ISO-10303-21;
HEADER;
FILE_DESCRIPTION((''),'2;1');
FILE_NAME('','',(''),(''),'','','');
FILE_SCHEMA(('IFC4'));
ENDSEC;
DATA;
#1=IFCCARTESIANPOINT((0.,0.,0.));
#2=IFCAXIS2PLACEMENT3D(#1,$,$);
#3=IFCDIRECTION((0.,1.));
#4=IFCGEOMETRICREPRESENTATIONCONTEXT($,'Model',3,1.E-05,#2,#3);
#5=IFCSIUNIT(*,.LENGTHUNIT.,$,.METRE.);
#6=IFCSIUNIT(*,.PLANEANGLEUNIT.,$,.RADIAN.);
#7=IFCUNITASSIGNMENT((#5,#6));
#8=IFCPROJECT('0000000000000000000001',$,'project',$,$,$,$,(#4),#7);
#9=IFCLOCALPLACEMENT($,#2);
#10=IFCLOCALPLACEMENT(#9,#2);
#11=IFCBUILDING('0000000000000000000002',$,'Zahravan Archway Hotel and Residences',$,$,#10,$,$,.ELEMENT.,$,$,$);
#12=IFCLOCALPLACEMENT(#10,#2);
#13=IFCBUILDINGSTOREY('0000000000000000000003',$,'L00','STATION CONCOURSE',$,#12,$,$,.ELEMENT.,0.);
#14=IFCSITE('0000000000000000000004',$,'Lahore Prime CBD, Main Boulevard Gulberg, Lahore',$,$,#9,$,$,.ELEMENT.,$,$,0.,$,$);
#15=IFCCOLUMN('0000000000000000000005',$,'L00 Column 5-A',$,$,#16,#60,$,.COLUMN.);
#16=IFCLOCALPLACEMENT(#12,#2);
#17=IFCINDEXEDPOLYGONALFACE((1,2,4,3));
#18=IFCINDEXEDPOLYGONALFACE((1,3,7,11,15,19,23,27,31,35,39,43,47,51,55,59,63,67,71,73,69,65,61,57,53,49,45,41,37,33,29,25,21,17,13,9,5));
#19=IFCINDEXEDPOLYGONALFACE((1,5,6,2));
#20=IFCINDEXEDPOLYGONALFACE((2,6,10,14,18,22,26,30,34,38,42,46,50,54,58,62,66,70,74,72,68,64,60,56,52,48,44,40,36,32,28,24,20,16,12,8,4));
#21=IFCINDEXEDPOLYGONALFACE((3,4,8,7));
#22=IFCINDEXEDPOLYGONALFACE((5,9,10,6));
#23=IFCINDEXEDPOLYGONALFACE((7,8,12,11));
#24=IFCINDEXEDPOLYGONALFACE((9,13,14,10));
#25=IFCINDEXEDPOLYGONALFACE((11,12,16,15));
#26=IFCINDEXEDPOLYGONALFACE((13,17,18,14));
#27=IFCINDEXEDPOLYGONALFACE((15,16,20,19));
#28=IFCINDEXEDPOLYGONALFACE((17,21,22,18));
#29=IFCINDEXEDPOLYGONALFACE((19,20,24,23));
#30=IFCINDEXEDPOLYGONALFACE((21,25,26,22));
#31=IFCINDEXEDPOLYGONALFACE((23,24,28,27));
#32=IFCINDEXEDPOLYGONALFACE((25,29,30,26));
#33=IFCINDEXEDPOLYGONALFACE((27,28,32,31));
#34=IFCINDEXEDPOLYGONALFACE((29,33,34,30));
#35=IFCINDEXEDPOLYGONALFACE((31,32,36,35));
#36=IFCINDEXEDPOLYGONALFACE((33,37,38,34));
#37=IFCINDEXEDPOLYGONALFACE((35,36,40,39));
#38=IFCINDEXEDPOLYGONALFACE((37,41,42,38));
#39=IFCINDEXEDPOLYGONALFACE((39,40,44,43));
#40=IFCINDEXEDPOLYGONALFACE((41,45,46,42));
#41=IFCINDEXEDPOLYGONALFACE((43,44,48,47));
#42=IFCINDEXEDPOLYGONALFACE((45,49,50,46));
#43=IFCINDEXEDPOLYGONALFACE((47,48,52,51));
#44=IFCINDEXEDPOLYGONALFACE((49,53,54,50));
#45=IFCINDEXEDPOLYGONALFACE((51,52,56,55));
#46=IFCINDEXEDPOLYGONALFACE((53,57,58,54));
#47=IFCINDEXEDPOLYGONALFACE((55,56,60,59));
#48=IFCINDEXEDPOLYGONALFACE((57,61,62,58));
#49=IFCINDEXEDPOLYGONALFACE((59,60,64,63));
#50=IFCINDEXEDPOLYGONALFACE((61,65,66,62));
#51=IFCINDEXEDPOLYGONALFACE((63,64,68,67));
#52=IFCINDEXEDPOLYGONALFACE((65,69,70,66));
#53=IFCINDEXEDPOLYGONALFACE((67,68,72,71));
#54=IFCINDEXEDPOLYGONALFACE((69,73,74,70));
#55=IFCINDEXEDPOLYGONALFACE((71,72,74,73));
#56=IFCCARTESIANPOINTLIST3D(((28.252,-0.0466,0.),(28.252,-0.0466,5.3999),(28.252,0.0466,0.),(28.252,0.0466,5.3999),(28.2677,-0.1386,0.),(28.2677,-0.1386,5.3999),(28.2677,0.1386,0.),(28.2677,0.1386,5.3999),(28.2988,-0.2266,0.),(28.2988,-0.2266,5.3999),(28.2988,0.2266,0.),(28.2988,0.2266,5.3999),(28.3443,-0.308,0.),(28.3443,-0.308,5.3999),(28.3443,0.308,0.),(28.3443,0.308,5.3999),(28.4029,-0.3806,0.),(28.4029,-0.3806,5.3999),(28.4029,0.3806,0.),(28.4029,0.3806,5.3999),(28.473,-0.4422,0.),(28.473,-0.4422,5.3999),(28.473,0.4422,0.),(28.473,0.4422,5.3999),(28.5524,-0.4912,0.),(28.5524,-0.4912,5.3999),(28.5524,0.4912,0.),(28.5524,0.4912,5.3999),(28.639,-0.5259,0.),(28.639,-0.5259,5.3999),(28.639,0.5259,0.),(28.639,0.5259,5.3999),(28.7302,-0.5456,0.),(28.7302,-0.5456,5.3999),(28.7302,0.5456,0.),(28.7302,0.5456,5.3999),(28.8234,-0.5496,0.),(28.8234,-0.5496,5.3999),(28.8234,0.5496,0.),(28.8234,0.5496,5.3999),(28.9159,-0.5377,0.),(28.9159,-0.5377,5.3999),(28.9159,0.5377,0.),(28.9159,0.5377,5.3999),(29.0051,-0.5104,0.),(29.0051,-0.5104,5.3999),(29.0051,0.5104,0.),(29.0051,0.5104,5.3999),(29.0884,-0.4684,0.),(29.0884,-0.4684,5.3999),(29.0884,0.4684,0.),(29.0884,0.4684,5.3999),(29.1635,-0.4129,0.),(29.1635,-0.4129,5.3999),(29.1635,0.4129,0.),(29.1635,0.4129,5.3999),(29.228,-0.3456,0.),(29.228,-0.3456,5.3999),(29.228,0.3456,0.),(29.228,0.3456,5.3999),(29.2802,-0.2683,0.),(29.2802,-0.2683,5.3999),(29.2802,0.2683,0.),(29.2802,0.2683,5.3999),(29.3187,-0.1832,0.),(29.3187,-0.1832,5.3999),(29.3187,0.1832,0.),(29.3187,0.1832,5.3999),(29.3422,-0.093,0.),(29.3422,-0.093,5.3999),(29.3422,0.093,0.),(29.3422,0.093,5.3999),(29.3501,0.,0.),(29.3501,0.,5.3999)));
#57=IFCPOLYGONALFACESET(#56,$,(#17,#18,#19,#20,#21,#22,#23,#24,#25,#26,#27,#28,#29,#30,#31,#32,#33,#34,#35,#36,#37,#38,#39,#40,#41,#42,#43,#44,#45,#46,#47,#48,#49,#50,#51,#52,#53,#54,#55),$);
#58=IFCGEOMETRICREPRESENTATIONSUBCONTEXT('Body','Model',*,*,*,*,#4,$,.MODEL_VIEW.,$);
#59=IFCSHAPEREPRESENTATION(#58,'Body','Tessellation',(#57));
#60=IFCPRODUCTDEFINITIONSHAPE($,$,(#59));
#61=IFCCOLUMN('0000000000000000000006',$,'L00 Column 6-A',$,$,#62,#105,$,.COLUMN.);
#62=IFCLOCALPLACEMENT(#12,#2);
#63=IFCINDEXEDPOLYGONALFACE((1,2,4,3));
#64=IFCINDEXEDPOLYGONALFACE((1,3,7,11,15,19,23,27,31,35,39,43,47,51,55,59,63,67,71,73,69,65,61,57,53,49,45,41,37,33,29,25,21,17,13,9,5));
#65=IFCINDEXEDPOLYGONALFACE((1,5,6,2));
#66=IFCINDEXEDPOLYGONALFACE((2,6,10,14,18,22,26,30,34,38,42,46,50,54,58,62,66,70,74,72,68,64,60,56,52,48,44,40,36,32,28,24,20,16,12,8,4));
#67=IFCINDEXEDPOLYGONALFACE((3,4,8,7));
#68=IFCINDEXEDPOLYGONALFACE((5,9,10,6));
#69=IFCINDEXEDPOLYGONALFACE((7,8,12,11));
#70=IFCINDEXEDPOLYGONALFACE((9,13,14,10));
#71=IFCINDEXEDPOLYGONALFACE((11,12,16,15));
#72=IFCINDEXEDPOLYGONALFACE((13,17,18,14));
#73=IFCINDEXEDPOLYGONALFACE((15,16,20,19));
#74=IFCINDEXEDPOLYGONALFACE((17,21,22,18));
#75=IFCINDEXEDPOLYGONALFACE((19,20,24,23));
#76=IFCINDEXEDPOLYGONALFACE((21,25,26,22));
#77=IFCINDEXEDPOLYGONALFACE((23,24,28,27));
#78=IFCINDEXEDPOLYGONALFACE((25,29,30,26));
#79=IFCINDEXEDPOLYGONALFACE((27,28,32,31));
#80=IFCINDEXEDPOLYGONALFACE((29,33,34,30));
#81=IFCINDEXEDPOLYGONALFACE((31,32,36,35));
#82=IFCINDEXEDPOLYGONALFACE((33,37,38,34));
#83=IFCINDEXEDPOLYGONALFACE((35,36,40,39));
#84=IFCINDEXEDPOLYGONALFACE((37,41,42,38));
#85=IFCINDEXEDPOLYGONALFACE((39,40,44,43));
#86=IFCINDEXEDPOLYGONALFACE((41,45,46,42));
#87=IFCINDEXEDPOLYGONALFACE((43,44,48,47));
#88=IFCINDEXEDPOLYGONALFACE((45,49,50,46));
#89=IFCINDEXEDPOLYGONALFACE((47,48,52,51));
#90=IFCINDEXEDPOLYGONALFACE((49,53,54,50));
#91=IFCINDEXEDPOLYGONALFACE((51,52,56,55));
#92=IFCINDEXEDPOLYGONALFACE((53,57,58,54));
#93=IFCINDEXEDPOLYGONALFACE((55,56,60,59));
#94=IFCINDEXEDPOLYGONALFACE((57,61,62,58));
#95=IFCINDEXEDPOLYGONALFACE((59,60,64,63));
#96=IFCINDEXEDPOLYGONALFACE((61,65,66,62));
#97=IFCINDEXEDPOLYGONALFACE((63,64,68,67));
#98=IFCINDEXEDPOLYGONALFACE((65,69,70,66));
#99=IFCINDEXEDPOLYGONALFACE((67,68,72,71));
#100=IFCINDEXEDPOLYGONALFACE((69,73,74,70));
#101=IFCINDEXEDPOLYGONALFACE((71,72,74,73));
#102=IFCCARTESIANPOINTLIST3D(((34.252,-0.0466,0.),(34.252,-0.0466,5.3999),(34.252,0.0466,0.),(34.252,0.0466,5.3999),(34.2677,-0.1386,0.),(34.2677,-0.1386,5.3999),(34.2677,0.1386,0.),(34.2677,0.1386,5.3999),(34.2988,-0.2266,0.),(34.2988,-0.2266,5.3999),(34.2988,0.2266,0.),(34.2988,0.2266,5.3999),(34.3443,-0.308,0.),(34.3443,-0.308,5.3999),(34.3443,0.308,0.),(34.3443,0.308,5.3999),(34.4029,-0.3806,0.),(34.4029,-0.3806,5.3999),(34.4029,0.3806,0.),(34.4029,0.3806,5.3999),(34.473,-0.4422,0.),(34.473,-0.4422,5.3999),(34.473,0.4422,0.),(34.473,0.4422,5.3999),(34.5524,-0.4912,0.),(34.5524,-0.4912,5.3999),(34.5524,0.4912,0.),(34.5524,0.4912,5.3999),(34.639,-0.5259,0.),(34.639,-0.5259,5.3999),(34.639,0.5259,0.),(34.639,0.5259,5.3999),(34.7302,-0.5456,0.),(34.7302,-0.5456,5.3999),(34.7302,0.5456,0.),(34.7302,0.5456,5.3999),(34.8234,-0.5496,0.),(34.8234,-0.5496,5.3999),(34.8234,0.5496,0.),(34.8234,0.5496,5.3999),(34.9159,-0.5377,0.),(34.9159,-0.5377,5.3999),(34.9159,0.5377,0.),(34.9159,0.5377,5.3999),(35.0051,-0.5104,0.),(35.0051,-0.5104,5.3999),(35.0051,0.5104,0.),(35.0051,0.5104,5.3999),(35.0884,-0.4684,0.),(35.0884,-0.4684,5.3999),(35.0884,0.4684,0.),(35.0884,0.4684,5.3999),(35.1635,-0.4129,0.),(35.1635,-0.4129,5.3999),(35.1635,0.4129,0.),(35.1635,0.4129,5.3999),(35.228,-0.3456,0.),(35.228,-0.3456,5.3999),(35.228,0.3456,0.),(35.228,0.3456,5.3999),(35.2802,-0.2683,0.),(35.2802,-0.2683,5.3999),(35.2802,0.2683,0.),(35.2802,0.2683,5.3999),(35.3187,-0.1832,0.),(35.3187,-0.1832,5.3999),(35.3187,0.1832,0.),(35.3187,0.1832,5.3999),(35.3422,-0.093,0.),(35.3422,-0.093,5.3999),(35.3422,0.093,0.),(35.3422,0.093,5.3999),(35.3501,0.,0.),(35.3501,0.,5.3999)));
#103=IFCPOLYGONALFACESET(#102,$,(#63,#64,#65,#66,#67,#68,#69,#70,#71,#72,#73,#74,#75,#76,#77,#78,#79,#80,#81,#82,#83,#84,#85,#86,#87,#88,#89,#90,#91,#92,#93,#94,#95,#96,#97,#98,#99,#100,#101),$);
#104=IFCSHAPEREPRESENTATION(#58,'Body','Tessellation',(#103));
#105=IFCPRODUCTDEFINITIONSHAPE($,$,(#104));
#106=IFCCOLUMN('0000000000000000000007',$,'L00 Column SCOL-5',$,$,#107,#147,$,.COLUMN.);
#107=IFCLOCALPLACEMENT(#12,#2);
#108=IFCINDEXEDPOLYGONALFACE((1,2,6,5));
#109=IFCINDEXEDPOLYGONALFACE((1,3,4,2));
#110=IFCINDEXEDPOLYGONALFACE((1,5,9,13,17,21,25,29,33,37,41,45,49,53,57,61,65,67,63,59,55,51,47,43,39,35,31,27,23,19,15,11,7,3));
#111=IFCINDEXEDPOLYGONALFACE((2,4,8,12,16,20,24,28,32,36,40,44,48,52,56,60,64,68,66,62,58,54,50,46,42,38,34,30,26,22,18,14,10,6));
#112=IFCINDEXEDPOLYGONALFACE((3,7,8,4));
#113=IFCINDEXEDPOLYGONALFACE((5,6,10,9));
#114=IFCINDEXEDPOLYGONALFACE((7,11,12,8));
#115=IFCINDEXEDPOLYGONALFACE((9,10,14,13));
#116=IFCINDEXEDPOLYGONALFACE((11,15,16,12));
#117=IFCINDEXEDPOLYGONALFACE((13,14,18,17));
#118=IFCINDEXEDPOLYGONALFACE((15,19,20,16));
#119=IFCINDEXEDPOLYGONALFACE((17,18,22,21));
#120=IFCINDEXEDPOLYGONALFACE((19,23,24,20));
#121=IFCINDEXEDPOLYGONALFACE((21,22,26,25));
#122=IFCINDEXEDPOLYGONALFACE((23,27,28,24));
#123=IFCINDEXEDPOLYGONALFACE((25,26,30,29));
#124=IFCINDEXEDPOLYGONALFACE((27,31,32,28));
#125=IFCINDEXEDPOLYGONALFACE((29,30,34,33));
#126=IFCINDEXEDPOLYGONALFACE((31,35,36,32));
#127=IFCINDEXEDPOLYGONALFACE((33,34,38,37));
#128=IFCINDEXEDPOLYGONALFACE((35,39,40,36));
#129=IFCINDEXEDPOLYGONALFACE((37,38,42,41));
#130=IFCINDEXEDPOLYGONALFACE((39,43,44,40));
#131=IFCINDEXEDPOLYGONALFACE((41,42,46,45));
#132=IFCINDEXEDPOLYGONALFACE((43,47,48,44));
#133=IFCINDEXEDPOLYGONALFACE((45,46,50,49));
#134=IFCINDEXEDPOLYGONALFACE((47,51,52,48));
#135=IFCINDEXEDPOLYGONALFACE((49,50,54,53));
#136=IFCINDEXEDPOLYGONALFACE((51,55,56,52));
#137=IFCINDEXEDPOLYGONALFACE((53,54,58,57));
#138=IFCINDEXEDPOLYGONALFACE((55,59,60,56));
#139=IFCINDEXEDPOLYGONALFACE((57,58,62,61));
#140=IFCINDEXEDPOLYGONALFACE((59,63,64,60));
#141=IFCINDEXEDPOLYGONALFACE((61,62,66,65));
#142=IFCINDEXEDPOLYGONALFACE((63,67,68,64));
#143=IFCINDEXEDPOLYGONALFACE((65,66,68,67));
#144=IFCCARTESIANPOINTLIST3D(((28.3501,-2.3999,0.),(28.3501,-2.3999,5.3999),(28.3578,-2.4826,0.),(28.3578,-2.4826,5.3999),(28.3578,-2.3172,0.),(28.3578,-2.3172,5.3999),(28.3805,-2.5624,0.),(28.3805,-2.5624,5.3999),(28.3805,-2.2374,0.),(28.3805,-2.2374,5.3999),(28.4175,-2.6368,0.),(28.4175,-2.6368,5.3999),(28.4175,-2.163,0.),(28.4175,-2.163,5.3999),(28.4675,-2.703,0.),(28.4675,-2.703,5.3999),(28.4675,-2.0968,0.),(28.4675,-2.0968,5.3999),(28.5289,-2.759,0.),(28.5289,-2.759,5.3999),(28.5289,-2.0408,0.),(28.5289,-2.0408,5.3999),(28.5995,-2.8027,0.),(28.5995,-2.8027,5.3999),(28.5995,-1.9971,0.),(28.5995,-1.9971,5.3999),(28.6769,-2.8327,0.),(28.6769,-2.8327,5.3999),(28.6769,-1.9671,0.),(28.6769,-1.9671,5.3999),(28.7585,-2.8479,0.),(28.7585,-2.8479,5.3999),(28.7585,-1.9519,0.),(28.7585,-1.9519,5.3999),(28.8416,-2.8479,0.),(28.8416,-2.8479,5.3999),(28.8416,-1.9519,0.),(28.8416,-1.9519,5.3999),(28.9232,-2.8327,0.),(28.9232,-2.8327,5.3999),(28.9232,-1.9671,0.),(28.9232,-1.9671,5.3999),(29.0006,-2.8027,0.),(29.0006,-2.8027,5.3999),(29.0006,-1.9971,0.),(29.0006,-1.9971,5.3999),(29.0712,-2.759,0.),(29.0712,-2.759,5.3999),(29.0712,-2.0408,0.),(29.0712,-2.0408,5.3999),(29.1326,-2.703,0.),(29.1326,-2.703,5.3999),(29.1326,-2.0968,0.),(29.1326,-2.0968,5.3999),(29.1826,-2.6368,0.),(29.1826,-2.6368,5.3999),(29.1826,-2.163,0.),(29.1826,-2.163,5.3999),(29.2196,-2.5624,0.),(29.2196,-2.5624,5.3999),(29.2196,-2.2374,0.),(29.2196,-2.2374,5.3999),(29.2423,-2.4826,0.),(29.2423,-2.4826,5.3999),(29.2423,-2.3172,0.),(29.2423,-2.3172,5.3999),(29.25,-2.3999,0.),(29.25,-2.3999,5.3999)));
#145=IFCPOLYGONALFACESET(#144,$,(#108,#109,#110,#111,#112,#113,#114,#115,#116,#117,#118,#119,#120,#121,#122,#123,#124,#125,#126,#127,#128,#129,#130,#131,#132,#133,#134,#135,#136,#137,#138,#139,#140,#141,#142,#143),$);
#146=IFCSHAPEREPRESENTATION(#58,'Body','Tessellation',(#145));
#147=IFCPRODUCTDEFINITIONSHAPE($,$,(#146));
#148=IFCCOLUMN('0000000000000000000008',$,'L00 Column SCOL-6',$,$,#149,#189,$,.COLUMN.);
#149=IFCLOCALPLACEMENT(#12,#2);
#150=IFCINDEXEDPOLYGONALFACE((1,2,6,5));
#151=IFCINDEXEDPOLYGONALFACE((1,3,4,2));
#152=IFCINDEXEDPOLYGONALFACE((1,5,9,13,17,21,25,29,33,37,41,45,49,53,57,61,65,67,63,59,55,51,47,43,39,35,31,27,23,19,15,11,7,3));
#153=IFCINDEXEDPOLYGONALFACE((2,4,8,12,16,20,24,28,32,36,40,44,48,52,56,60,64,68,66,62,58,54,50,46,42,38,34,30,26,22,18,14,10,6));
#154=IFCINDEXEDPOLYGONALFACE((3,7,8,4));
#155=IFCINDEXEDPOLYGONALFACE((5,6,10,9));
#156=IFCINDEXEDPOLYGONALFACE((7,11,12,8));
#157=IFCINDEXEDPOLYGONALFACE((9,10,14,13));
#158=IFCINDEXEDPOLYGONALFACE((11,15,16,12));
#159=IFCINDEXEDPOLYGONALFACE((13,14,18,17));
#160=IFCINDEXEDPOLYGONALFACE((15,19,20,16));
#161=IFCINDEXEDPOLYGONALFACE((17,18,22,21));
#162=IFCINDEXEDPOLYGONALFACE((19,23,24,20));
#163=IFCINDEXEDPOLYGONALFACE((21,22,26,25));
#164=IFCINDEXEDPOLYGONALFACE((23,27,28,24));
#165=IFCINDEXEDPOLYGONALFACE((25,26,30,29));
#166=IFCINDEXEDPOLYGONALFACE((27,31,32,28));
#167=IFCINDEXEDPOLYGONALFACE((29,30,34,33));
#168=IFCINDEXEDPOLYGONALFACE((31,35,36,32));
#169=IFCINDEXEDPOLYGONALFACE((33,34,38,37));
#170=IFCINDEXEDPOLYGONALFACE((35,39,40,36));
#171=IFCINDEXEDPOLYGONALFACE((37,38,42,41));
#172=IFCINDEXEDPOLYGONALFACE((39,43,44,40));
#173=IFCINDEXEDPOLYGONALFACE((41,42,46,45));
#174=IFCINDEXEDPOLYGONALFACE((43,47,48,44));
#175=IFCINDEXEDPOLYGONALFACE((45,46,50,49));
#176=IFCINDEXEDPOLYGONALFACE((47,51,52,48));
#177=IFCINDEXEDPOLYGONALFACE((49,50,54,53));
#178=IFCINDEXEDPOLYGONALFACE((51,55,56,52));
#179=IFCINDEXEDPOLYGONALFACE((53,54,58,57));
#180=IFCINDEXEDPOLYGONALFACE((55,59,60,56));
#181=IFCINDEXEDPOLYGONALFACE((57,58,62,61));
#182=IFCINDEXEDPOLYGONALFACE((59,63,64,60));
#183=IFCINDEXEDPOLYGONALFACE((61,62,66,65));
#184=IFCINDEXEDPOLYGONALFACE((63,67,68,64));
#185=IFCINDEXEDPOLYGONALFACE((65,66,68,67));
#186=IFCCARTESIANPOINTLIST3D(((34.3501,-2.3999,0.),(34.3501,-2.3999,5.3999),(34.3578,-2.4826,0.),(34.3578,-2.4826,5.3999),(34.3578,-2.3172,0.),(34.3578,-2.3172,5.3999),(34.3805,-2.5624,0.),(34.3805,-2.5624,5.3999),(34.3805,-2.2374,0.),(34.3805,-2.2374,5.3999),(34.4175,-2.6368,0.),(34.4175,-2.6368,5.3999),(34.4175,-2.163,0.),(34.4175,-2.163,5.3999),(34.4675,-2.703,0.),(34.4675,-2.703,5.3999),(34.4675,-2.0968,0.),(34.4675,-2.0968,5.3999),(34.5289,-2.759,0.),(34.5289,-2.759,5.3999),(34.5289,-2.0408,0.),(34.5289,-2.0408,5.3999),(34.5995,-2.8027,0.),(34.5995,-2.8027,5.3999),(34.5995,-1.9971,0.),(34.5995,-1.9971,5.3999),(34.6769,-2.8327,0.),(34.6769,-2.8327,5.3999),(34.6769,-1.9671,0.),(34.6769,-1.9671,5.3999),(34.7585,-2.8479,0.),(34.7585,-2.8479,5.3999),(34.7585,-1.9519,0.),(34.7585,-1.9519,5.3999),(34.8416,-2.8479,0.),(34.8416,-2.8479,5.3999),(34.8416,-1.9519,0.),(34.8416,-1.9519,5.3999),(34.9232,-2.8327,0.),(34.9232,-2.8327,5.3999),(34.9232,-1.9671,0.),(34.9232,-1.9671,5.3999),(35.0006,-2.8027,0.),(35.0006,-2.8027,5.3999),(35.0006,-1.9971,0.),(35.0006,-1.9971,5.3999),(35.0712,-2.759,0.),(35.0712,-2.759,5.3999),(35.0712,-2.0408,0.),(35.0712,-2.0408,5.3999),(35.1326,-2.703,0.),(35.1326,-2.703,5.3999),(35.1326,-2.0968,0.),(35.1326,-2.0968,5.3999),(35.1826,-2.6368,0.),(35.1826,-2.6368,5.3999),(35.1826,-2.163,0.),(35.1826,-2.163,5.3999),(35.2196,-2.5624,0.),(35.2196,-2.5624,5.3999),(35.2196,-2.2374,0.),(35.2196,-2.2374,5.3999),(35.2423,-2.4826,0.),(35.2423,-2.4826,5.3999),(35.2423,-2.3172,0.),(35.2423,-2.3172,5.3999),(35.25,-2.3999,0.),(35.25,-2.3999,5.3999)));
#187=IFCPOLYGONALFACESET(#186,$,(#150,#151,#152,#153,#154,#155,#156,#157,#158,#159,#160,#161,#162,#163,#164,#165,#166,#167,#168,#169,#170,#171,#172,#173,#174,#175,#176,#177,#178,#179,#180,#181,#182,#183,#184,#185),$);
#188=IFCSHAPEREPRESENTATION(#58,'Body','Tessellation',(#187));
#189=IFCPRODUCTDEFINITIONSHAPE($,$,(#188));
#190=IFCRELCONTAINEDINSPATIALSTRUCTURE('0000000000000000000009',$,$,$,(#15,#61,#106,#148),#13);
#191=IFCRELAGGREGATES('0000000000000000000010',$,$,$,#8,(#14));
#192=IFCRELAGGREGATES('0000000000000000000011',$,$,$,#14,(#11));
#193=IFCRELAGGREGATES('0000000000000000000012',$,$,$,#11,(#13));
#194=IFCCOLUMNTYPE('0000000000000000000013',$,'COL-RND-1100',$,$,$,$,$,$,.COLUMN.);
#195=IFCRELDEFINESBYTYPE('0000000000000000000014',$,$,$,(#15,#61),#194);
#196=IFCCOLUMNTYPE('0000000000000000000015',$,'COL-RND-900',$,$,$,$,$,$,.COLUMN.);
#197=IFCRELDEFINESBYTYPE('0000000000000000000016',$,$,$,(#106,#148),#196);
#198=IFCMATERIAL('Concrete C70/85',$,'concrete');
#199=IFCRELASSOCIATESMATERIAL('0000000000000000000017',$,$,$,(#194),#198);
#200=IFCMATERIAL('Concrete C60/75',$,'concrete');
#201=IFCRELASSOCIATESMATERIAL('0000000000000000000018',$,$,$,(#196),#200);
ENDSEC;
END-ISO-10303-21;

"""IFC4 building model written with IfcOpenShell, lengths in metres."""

from ifc_helpers import new_model, si_unit, direction, frame, origin, origin_2d, place, context, subcontext, project, spatial, circle, extrude, source, transform, mapped, material, material_profile, profile_set, type_object, type_shapes, element, save


model = new_model("IFC4")

# Units and contexts
model_context = context("Model", 3, precision=1e-05, world=origin(), true_north=direction((0.0, 1.0)))
body_context = subcontext(model_context, "Body", "Model", "MODEL_VIEW")
ifc_project = project(units=[si_unit("LENGTHUNIT", "METRE"), si_unit("PLANEANGLEUNIT", "RADIAN")], contexts=[model_context])

# Site, building, storey
site_placement = place(None, origin())
site = spatial("IfcSite", under=ifc_project, at=site_placement, Name="Lahore Prime CBD, Main Boulevard Gulberg, Lahore", CompositionType="ELEMENT", RefElevation=0.0)
building_placement = place(site_placement, origin())
building = spatial("IfcBuilding", under=site, at=building_placement, Name="Zahravan Archway Hotel and Residences", CompositionType="ELEMENT")
storey_placement = place(building_placement, origin())
storey = spatial("IfcBuildingStorey", under=building, at=storey_placement, Name="L00", Description="STATION CONCOURSE", CompositionType="ELEMENT", Elevation=0.0)

# Columns
ifc_material_1 = material(Name="Concrete C70/85", Category="concrete")
ifc_material_profile_1 = material_profile(ifc_material_1, circle(Radius=0.55, at=origin_2d()), Name="RC-CIRC-1100", Category="concrete")
ifc_profile_set_1 = profile_set([ifc_material_profile_1], Name="Concrete C70/85")
column_type_1 = type_object("IfcColumnType", Name="COL-RND-1100", PredefinedType="COLUMN", material=ifc_profile_set_1)
shared_shape_1 = source(origin(), body_context, "Body", "SweptSolid", [
    extrude(circle(Radius=0.55, at=origin_2d()), origin(), (0.0, 0.0, 1.0), 5.3999),
])
type_shapes(column_type_1, [shared_shape_1])
for number, where, z_axis, x_axis, name in (
    (1, (28.8, 0.0, 0.0), (0.0, 0.0, 1.0), (1.0, 0.0, 0.0), "L00 Column 5-A"),
    (2, (34.8, 0.0, 0.0), (0.0, 0.0, 1.0), (1.0, 0.0, 0.0), "L00 Column 6-A"),
):
    element("IfcColumn", number, at=place(storey_placement, frame(where, z_axis=z_axis, x_axis=x_axis)), inside=storey, type_object=column_type_1, Name=name, PredefinedType="COLUMN", context=body_context, shape_type="MappedRepresentation", body=[
        mapped(shared_shape_1, transform((0.0, 0.0, 0.0), scale=1.0)),
    ])
ifc_material_2 = material(Name="Concrete C60/75", Category="concrete")
ifc_material_profile_2 = material_profile(ifc_material_2, circle(Radius=0.45, at=origin_2d()), Name="RC-CIRC-900", Category="concrete")
ifc_profile_set_2 = profile_set([ifc_material_profile_2], Name="Concrete C60/75")
column_type_2 = type_object("IfcColumnType", Name="COL-RND-900", PredefinedType="COLUMN", material=ifc_profile_set_2)
shared_shape_2 = source(origin(), body_context, "Body", "SweptSolid", [
    extrude(circle(Radius=0.45, at=origin_2d()), origin(), (0.0, 0.0, 1.0), 5.3999),
])
type_shapes(column_type_2, [shared_shape_2])
for number, where, z_axis, x_axis, name in (
    (3, (28.8, -2.3999, 0.0), (0.0, 0.0, 1.0), (1.0, 0.0, 0.0), "L00 Column SCOL-5"),
    (4, (34.8, -2.3999, 0.0), (0.0, 0.0, 1.0), (1.0, 0.0, 0.0), "L00 Column SCOL-6"),
):
    element("IfcColumn", number, at=place(storey_placement, frame(where, z_axis=z_axis, x_axis=x_axis)), inside=storey, type_object=column_type_2, Name=name, PredefinedType="COLUMN", context=body_context, shape_type="MappedRepresentation", body=[
        mapped(shared_shape_2, transform((0.0, 0.0, 0.0), scale=1.0)),
    ])

save(model, "model.ifc")
